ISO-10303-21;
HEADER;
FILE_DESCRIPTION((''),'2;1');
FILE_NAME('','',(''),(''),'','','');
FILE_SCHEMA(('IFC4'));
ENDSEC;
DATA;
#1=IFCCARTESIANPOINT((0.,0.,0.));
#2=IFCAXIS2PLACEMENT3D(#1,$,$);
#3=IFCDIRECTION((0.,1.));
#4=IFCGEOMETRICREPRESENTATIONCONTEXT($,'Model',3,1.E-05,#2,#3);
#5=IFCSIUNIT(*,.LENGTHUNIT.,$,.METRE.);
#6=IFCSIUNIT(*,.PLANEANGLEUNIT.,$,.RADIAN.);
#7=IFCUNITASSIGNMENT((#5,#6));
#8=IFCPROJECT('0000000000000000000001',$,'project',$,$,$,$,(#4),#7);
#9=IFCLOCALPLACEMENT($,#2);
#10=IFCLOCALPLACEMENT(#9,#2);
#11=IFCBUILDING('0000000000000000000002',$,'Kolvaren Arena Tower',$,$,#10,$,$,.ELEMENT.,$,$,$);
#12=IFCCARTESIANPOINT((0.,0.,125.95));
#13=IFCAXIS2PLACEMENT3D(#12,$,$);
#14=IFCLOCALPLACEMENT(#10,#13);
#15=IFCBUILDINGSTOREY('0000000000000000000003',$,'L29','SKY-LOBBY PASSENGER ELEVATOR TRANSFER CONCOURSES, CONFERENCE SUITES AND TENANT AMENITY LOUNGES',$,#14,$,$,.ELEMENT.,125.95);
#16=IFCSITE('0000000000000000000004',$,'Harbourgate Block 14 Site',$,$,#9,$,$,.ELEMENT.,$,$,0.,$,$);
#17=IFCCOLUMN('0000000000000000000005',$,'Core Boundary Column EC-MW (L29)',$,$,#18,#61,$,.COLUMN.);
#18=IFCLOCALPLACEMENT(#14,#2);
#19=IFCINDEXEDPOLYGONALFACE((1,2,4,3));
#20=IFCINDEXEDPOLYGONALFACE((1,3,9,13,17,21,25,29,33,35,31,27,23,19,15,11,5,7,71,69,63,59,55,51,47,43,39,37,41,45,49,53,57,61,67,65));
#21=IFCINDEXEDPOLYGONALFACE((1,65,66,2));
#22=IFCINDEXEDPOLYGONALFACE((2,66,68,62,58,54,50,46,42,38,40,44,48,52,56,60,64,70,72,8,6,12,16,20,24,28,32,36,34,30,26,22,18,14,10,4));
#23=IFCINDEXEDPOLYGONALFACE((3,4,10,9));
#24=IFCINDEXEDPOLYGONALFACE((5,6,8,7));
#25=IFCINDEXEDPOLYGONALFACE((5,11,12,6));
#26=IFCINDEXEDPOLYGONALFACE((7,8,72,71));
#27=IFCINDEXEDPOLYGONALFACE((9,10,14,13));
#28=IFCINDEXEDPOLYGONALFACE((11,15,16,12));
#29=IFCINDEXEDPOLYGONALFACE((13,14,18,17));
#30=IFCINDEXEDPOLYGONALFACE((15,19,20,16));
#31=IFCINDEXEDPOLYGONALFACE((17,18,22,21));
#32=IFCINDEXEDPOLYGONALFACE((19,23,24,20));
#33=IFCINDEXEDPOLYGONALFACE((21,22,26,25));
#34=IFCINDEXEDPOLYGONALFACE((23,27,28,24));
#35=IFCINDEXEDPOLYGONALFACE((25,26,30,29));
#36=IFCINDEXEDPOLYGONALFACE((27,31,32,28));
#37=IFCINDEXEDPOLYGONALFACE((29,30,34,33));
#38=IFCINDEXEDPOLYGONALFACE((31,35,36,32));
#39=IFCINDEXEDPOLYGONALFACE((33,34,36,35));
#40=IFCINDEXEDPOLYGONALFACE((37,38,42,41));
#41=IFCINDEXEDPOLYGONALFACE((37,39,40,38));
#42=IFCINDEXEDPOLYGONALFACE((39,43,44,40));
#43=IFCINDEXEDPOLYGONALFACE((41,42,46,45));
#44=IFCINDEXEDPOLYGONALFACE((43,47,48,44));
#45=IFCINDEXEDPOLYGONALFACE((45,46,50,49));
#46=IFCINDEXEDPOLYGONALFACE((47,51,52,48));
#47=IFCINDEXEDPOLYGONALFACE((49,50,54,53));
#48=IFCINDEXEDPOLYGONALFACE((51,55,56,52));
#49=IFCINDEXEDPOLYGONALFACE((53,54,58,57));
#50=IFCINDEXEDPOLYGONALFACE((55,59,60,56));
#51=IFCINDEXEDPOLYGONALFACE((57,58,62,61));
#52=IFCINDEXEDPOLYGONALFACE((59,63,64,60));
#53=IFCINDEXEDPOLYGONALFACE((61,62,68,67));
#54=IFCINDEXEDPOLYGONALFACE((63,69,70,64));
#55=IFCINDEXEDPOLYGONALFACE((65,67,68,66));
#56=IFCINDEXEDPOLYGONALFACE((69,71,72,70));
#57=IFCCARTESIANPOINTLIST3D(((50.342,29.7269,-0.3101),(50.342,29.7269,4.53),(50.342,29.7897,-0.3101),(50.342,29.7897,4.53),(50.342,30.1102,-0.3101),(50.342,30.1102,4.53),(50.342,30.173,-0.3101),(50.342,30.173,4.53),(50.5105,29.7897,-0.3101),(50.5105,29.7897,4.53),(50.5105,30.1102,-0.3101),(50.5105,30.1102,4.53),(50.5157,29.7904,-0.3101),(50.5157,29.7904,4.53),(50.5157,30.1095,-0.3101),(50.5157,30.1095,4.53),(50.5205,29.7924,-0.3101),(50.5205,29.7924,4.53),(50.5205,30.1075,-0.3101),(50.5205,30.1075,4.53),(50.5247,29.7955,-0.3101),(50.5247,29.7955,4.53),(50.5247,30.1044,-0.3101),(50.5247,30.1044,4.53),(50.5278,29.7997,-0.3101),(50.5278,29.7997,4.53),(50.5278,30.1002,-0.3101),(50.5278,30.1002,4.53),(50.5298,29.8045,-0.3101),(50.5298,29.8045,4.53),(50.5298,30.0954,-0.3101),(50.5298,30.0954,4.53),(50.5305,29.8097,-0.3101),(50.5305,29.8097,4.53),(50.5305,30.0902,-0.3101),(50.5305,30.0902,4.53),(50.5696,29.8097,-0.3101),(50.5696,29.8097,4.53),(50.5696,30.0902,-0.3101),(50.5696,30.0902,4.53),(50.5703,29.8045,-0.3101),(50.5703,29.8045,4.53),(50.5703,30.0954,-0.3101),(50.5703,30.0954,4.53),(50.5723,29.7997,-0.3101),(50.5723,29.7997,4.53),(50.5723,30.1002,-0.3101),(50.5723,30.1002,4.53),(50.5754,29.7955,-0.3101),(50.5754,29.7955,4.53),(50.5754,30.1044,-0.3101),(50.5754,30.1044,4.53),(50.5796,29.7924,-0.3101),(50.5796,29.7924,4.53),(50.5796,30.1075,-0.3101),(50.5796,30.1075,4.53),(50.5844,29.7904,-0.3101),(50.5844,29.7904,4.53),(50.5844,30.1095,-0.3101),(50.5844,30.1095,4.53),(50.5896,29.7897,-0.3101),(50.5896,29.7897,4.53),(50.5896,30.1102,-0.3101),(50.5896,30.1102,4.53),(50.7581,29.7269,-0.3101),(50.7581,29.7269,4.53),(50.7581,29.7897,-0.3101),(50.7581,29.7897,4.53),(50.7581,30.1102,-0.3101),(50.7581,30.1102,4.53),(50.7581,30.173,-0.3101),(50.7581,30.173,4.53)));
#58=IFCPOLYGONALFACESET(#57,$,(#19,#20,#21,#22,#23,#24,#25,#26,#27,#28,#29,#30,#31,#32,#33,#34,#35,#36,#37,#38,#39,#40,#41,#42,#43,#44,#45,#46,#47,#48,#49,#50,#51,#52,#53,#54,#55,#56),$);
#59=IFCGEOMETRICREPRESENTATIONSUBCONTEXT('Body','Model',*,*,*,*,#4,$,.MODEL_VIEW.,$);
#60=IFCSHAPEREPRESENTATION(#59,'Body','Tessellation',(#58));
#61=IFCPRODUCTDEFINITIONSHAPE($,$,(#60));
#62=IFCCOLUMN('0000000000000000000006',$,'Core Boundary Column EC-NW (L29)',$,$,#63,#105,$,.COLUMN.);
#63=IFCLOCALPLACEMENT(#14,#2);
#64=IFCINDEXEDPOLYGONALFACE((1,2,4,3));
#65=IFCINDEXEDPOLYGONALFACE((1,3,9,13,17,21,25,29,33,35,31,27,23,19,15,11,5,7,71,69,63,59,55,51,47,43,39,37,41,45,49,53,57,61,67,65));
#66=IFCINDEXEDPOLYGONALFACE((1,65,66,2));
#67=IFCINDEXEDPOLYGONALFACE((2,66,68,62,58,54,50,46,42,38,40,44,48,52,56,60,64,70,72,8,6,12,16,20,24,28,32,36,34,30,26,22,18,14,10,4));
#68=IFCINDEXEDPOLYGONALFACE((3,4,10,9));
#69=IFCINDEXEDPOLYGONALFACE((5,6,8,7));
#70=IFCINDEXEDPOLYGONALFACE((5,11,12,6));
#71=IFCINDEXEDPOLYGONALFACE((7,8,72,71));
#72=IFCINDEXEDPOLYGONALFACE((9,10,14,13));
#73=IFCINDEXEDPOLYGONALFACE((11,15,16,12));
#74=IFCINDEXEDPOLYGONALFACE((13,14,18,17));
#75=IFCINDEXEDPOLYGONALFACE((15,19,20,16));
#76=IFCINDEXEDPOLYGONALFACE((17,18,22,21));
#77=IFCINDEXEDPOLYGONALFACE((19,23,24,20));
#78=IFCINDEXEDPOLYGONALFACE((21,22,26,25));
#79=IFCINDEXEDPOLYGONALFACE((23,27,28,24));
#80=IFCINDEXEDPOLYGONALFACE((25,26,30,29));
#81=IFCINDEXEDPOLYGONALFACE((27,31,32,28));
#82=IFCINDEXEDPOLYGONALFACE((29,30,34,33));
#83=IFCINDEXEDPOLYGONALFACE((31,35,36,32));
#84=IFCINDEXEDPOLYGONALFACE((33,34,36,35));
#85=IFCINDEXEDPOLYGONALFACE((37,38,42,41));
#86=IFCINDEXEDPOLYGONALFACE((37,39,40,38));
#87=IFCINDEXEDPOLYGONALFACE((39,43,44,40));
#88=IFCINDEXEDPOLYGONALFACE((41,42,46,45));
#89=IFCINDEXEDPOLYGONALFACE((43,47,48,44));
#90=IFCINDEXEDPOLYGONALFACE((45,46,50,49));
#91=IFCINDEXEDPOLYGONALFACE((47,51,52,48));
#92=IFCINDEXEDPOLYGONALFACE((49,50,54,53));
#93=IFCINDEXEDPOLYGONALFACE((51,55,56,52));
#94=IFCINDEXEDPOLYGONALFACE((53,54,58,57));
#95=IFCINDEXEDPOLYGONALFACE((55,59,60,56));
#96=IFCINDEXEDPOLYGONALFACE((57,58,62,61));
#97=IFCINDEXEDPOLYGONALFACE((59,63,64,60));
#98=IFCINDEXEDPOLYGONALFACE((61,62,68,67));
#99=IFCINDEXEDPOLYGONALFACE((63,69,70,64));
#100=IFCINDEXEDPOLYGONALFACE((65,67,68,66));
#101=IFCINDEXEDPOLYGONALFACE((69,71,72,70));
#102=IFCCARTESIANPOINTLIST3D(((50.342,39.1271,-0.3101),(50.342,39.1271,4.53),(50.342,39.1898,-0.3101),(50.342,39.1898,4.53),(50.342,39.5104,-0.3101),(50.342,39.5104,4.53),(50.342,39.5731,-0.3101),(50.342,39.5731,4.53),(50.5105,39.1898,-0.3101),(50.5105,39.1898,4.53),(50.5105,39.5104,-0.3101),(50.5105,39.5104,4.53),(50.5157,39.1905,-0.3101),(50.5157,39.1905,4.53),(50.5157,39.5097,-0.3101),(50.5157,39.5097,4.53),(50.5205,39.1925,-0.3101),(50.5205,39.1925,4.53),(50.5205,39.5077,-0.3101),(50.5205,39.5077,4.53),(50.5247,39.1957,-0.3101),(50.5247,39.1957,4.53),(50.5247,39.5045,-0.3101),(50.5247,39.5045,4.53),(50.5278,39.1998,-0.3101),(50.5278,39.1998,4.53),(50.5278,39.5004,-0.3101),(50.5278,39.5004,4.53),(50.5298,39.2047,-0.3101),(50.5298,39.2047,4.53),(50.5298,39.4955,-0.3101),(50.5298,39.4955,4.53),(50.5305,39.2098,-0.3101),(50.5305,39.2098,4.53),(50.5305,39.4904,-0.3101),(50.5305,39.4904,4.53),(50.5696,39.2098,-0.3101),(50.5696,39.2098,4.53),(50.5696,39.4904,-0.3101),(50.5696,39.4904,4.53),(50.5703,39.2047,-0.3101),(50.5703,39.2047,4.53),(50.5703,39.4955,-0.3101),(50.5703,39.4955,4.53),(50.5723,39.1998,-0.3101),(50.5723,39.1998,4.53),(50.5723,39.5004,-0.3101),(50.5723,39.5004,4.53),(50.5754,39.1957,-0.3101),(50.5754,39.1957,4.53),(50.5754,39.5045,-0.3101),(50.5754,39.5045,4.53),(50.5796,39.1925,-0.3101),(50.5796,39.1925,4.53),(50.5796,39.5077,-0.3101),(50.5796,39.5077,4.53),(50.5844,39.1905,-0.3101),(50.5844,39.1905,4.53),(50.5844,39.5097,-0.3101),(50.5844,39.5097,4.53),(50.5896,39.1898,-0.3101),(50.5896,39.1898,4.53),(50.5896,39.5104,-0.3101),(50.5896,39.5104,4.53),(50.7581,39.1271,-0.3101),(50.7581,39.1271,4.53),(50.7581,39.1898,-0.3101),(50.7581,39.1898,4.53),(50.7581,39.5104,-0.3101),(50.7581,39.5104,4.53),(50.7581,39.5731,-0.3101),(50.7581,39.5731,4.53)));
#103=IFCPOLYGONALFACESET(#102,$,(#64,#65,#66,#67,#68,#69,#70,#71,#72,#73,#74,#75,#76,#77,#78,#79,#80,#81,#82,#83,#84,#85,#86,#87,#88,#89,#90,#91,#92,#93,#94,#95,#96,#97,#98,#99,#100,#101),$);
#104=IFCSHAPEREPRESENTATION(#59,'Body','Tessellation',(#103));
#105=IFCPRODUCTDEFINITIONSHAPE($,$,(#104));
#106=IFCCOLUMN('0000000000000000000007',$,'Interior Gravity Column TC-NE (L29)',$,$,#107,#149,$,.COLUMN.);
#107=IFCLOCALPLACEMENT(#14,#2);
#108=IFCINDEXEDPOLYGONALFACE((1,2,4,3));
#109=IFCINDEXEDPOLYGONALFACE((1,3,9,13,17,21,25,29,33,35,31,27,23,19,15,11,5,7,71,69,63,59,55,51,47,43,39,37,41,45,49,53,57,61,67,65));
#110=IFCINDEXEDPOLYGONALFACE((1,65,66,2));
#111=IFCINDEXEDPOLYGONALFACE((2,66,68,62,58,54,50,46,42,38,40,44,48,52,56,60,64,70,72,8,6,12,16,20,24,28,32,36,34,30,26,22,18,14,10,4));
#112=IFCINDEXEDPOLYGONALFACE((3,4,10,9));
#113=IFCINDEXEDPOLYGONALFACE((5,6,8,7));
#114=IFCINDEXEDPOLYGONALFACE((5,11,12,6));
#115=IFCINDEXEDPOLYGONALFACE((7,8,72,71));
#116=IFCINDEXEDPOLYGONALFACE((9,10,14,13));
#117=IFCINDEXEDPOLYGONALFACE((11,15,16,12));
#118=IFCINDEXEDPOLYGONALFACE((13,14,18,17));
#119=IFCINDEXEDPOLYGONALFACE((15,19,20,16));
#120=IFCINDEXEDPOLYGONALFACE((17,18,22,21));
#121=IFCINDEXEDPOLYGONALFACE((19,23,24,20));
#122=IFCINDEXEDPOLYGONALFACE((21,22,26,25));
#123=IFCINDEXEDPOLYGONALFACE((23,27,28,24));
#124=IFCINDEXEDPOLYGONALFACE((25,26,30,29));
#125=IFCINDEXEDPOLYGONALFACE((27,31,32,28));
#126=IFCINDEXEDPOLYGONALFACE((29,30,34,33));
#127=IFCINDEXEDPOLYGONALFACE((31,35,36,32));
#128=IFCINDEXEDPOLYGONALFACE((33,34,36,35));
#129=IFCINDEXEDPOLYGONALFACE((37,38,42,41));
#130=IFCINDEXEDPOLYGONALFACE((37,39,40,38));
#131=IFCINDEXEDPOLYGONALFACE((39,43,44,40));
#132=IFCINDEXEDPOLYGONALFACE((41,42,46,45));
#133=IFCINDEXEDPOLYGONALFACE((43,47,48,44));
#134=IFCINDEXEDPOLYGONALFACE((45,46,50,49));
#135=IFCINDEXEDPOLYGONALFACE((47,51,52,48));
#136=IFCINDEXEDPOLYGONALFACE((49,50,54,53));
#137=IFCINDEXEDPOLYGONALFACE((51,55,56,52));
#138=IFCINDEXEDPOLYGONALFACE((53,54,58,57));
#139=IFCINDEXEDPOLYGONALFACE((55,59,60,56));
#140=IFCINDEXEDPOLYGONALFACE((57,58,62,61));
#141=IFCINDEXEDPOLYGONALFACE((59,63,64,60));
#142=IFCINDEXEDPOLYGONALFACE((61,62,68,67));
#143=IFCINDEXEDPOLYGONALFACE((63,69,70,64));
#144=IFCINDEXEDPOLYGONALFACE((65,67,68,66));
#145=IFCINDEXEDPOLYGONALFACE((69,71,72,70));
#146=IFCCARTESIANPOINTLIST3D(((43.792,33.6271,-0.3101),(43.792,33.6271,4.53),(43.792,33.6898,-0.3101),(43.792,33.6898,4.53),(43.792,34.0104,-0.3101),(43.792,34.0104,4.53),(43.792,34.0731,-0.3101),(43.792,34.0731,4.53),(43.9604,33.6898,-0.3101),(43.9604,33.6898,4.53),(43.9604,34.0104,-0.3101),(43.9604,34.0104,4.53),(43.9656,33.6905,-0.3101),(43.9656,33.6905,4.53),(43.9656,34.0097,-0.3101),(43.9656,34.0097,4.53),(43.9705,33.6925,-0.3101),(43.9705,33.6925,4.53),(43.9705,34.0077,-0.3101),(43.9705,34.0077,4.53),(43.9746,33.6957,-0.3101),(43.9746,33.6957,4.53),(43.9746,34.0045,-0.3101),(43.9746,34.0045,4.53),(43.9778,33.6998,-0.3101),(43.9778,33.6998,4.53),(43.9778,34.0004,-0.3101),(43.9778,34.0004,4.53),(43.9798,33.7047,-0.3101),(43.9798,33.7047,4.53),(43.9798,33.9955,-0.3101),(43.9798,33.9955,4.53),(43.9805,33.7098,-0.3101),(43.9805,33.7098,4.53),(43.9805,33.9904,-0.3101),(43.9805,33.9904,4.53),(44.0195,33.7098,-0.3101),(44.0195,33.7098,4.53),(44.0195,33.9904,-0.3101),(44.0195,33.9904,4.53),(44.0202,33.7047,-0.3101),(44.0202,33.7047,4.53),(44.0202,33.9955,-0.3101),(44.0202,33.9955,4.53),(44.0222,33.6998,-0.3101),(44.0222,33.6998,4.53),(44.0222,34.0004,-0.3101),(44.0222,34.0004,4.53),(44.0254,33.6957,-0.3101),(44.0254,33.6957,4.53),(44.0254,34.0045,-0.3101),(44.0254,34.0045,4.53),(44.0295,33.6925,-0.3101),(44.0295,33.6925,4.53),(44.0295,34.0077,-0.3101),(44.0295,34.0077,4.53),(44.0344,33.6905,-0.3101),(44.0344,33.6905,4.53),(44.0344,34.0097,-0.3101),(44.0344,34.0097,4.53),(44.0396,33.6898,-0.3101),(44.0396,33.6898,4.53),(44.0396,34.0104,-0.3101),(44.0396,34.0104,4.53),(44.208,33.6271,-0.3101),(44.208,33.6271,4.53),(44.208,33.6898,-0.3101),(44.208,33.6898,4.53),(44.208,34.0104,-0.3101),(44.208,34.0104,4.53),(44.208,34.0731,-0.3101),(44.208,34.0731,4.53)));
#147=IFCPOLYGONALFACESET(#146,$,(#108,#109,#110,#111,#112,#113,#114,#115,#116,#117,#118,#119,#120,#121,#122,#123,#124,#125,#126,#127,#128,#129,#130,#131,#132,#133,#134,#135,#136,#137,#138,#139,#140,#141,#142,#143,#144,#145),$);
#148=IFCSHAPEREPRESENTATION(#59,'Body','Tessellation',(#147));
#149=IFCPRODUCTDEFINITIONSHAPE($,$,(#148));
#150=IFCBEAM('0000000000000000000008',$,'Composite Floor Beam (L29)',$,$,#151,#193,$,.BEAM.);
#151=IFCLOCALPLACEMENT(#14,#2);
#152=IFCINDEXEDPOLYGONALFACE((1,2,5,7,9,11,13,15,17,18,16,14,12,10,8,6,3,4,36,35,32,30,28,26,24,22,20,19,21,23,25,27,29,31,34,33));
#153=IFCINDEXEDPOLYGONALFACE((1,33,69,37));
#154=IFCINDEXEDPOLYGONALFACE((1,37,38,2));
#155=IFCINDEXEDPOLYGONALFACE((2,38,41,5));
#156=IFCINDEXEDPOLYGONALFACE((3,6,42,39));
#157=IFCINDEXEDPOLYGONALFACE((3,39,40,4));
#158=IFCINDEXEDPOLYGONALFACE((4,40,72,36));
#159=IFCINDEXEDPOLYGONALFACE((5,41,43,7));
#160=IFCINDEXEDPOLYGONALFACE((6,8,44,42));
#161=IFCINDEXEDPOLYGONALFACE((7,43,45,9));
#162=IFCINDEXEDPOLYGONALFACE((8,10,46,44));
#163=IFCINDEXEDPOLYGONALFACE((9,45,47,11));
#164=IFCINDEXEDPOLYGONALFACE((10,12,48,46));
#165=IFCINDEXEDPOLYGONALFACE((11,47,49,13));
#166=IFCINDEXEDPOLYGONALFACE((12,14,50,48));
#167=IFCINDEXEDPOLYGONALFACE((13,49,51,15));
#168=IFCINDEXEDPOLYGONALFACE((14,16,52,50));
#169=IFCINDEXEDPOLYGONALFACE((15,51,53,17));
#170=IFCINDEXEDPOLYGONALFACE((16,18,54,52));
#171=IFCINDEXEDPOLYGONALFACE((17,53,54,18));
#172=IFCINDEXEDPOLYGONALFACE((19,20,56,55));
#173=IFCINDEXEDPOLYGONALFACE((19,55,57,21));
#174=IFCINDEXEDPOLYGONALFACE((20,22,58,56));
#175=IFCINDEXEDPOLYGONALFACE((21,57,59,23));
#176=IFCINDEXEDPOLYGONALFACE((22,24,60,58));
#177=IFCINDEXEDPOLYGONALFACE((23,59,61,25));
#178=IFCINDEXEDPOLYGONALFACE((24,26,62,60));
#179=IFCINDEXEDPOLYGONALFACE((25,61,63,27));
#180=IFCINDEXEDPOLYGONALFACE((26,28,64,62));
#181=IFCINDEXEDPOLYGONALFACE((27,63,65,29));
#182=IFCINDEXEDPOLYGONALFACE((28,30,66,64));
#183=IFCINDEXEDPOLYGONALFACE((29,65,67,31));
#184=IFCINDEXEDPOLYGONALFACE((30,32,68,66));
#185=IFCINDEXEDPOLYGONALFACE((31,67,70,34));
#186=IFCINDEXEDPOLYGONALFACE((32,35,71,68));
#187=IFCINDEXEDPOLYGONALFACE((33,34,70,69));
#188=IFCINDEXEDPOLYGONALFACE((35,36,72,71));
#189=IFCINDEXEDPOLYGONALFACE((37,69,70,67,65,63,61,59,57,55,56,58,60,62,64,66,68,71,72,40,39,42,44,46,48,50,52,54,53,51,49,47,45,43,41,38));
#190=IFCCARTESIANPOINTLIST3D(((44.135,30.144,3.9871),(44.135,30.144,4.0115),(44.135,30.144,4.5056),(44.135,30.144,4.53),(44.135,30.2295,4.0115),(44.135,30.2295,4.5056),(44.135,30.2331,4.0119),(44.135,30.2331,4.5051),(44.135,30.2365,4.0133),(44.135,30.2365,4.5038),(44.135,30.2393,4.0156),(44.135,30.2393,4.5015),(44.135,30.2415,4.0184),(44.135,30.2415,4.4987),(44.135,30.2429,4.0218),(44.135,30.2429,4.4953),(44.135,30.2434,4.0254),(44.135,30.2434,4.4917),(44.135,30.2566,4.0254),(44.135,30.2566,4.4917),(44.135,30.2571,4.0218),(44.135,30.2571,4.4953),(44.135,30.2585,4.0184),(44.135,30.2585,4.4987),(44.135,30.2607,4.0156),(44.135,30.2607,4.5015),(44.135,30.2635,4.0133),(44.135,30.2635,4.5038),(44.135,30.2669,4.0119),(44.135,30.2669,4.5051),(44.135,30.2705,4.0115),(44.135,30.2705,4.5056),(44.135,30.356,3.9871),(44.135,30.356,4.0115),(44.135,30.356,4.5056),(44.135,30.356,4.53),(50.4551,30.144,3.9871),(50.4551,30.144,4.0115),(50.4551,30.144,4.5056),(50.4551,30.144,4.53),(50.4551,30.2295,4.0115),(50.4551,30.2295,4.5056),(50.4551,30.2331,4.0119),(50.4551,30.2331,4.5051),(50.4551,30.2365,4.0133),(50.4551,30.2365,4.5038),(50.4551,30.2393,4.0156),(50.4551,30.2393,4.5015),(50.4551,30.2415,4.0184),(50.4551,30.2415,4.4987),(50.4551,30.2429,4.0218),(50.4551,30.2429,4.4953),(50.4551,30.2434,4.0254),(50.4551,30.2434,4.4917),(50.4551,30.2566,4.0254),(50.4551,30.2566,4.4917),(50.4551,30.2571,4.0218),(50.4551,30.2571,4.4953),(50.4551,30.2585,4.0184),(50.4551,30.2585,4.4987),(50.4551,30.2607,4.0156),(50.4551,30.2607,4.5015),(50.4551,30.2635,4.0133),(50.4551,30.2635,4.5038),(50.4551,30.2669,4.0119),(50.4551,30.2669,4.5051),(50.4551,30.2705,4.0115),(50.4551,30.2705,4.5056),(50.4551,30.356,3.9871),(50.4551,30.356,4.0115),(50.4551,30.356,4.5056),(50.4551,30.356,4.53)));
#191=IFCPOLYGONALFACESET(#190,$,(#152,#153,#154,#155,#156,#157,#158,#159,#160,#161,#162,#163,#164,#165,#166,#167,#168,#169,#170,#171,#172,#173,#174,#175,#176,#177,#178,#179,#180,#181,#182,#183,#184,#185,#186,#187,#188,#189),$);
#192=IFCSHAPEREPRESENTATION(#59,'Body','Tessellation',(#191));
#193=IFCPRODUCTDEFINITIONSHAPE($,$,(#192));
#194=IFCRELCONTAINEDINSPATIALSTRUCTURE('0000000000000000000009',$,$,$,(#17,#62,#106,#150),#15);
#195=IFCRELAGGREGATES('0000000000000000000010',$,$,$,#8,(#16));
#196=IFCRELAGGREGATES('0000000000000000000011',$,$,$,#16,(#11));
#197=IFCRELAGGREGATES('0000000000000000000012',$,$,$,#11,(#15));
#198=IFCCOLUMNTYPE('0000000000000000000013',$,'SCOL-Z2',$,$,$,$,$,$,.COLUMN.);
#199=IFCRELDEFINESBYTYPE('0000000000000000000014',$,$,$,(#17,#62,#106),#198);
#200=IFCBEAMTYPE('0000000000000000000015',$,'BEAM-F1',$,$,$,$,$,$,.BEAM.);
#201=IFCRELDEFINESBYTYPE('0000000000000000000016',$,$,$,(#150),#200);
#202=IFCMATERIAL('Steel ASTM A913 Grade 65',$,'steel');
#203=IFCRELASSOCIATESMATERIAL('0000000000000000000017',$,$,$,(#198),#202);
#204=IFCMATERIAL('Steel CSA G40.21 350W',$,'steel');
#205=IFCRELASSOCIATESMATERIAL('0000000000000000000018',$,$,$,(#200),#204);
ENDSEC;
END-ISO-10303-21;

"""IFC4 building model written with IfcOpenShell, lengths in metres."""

from ifc_helpers import new_model, si_unit, direction, frame, origin, origin_2d, place, context, subcontext, project, spatial, i_section, extrude, material, material_profile, profile_set, type_object, element, save


model = new_model("IFC4")

# Units and contexts
model_context = context("Model", 3, precision=1e-05, world=origin(), true_north=direction((0.0, 1.0)))
body_context = subcontext(model_context, "Body", "Model", "MODEL_VIEW")
ifc_project = project(units=[si_unit("LENGTHUNIT", "METRE"), si_unit("PLANEANGLEUNIT", "RADIAN")], contexts=[model_context])

# Site, building, storey
site_placement = place(None, origin())
site = spatial("IfcSite", under=ifc_project, at=site_placement, Name="Harbourgate Block 14 Site", CompositionType="ELEMENT", RefElevation=0.0)
building_placement = place(site_placement, origin())
building = spatial("IfcBuilding", under=site, at=building_placement, Name="Kolvaren Arena Tower", CompositionType="ELEMENT")
storey_placement = place(building_placement, frame((0.0, 0.0, 125.95)))
storey = spatial("IfcBuildingStorey", under=building, at=storey_placement, Name="L29", Description="SKY-LOBBY PASSENGER ELEVATOR TRANSFER CONCOURSES, CONFERENCE SUITES AND TENANT AMENITY LOUNGES", CompositionType="ELEMENT", Elevation=125.95)

# Columns
ifc_material_1 = material(Name="Steel ASTM A913 Grade 65", Category="steel")
ifc_material_profile_1 = material_profile(ifc_material_1, i_section(OverallWidth=0.416, OverallDepth=0.446, WebThickness=0.0391, FlangeThickness=0.0627, FilletRadius=0.02, at=origin_2d()), Name="W360x509")
ifc_profile_set_1 = profile_set([ifc_material_profile_1], Name="Steel ASTM A913 Grade 65")
column_type = type_object("IfcColumnType", Name="SCOL-Z2", PredefinedType="COLUMN", material=ifc_profile_set_1)
for number, where, z_axis, x_axis, name in (
    (1, (50.55, 29.95, -0.3101), (0.0, 0.0, 1.0), (1.0, 0.0, 0.0), "Core Boundary Column EC-MW (L29)"),
    (2, (50.55, 39.3501, -0.3101), (0.0, 0.0, 1.0), (1.0, 0.0, 0.0), "Core Boundary Column EC-NW (L29)"),
    (3, (44.0, 33.8501, -0.3101), (0.0, 0.0, 1.0), (1.0, 0.0, 0.0), "Interior Gravity Column TC-NE (L29)"),
):
    element("IfcColumn", number, at=place(storey_placement, frame(where, z_axis=z_axis, x_axis=x_axis)), inside=storey, type_object=column_type, Name=name, PredefinedType="COLUMN", context=body_context, shape_type="SweptSolid", body=[
        extrude(i_section(OverallWidth=0.416, OverallDepth=0.446, WebThickness=0.0391, FlangeThickness=0.0627, FilletRadius=0.02, at=origin_2d()), origin(), (0.0, 0.0, 1.0), 4.8401),
    ])

# Beam
ifc_material_2 = material(Name="Steel CSA G40.21 350W", Category="steel")
ifc_material_profile_2 = material_profile(ifc_material_2, i_section(OverallWidth=0.2119, OverallDepth=0.543, WebThickness=0.0132, FlangeThickness=0.0244, FilletRadius=0.0139, at=origin_2d()), Name="W530x150")
ifc_profile_set_2 = profile_set([ifc_material_profile_2], Name="Steel CSA G40.21 350W")
beam_type_1 = type_object("IfcBeamType", Name="BEAM-F1", PredefinedType="BEAM", material=ifc_profile_set_2)
for number, where, z_axis, x_axis, name in (
    (4, (44.135, 30.25, 4.2585), (1.0, 0.0, 0.0), (0.0, 1.0, 0.0), "Composite Floor Beam (L29)"),
):
    element("IfcBeam", number, at=place(storey_placement, frame(where, z_axis=z_axis, x_axis=x_axis)), inside=storey, type_object=beam_type_1, Name=name, PredefinedType="BEAM", context=body_context, shape_type="SweptSolid", body=[
        extrude(i_section(OverallWidth=0.2119, OverallDepth=0.543, WebThickness=0.0132, FlangeThickness=0.0244, FilletRadius=0.0139, at=origin_2d()), origin(), (0.0, 0.0, 1.0), 6.3201),
    ])

save(model, "model.ifc")
